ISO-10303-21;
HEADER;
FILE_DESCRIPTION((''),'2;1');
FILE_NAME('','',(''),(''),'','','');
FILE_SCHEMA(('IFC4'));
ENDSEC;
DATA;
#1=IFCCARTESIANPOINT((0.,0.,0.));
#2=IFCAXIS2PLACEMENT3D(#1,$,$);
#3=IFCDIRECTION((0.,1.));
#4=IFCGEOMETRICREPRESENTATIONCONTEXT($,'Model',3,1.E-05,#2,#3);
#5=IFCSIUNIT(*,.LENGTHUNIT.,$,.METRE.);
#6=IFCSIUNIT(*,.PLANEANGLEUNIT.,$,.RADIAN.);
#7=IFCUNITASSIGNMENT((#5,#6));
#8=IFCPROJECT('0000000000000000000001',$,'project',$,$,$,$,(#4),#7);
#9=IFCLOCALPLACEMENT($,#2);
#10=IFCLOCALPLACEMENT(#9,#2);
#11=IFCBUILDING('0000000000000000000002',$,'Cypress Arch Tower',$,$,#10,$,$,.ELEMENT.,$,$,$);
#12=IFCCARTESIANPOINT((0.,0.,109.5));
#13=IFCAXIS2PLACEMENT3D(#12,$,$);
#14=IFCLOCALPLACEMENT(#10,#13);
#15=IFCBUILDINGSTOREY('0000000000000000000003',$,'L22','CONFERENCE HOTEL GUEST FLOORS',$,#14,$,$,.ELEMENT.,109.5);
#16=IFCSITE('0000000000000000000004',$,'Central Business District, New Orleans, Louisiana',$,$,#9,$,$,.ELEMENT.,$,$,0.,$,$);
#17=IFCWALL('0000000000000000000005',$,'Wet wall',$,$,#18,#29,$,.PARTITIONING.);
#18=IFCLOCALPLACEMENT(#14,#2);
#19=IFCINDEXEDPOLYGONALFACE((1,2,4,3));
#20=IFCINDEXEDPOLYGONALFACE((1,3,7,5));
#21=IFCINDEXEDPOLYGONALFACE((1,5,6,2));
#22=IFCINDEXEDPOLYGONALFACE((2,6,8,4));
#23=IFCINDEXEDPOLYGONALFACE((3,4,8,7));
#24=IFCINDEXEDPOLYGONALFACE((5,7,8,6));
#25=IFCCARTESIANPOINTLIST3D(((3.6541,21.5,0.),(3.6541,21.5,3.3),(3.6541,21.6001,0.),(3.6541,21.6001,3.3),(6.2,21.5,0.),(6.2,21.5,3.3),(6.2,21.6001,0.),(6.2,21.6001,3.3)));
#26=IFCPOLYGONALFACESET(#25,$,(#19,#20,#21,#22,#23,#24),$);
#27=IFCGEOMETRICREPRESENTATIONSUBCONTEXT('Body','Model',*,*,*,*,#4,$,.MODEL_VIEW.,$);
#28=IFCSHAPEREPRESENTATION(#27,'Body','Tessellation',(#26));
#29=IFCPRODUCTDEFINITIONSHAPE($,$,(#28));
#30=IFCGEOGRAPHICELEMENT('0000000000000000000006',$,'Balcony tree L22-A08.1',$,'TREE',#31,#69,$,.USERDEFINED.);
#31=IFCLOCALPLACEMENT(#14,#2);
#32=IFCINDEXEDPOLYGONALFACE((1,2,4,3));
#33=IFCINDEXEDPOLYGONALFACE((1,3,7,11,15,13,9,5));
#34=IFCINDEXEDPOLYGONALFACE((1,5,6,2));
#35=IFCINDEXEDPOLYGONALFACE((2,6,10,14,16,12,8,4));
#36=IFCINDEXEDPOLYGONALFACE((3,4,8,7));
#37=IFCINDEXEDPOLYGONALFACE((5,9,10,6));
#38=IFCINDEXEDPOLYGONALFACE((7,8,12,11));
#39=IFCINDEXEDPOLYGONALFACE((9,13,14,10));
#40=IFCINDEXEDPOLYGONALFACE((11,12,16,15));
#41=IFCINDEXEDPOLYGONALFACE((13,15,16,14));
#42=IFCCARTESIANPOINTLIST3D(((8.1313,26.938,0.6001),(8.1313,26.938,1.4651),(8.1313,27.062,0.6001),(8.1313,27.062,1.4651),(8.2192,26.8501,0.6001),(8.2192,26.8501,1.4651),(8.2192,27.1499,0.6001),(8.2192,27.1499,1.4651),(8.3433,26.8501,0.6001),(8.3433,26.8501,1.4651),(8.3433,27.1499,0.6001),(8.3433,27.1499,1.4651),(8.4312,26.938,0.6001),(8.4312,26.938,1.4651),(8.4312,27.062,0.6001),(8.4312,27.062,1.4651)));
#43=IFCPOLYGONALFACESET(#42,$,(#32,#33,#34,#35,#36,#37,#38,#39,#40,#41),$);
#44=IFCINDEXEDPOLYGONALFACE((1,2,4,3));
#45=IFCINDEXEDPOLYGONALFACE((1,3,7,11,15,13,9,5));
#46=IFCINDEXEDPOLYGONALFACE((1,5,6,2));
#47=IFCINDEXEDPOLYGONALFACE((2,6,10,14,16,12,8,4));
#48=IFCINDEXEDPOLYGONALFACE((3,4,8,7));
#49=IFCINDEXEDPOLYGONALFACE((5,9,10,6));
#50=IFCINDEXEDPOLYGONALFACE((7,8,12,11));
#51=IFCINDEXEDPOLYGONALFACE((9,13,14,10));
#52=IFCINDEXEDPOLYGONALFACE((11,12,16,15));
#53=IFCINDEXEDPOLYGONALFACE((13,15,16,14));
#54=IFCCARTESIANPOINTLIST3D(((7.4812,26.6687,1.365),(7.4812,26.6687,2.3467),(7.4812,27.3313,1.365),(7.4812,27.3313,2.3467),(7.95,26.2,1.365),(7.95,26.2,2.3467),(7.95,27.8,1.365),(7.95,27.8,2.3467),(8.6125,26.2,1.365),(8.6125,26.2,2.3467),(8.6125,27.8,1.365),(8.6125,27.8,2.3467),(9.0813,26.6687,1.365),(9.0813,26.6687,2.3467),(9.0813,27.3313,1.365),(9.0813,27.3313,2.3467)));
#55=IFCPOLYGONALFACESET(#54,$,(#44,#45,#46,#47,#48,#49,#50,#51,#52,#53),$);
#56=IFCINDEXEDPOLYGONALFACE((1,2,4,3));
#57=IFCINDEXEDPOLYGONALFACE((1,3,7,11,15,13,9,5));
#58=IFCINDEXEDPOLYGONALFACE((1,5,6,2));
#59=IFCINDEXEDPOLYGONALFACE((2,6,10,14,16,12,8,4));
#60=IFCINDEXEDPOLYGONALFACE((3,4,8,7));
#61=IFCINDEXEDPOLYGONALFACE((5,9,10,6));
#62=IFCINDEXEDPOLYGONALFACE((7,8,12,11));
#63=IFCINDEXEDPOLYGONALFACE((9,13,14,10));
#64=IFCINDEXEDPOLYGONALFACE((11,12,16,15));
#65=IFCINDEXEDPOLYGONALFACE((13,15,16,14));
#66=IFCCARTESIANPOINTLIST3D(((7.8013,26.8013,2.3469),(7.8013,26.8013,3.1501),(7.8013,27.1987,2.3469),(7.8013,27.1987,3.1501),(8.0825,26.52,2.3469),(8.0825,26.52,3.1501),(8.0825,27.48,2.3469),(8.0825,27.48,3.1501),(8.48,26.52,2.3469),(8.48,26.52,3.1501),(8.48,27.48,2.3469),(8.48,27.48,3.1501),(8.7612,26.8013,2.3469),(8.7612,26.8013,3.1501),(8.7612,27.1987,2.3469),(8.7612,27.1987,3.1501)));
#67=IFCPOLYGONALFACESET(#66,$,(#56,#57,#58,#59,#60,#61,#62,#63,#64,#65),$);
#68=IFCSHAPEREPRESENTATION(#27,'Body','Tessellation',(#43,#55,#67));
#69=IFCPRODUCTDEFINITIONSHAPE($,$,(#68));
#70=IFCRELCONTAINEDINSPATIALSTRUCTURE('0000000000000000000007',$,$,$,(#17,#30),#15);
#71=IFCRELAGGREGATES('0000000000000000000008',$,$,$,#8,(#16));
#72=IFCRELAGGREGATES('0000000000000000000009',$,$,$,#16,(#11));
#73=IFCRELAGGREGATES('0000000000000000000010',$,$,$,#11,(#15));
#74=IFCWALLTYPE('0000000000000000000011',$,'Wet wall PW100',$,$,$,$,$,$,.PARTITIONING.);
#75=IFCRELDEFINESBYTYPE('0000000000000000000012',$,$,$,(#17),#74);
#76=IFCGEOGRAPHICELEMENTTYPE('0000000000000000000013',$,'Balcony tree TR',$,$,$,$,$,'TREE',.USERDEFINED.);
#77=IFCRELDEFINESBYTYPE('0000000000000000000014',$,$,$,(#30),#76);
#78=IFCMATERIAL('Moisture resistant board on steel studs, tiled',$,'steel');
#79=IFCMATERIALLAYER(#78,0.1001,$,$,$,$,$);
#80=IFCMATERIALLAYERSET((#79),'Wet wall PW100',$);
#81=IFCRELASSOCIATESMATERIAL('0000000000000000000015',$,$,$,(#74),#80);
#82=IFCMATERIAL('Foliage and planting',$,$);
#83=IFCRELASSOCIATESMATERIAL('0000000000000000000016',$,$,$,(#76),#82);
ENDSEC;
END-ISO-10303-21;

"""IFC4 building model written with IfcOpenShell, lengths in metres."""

from ifc_helpers import new_model, si_unit, direction, frame, frame_2d, origin, place, context, subcontext, project, spatial, polyline, rectangle, outline, extrude, material, layer, layer_set, type_object, element, save


model = new_model("IFC4")

# Units and contexts
model_context = context("Model", 3, precision=1e-05, world=origin(), true_north=direction((0.0, 1.0)))
body_context = subcontext(model_context, "Body", "Model", "MODEL_VIEW")
ifc_project = project(units=[si_unit("LENGTHUNIT", "METRE"), si_unit("PLANEANGLEUNIT", "RADIAN")], contexts=[model_context])

# Site, building, storey
site_placement = place(None, origin())
site = spatial("IfcSite", under=ifc_project, at=site_placement, Name="Central Business District, New Orleans, Louisiana", CompositionType="ELEMENT", RefElevation=0.0)
building_placement = place(site_placement, origin())
building = spatial("IfcBuilding", under=site, at=building_placement, Name="Cypress Arch Tower", CompositionType="ELEMENT")
storey_placement = place(building_placement, frame((0.0, 0.0, 109.5)))
storey = spatial("IfcBuildingStorey", under=building, at=storey_placement, Name="L22", Description="CONFERENCE HOTEL GUEST FLOORS", CompositionType="ELEMENT", Elevation=109.5)

# Shared definitions
ifc_material_1 = material(Name="Moisture resistant board on steel studs, tiled", Category="steel")
ifc_layer_1 = layer(ifc_material_1, 0.1001)
ifc_layer_set_1 = layer_set([ifc_layer_1], Name="Wet wall PW100")
wall_type_1 = type_object("IfcWallType", Name="Wet wall PW100", PredefinedType="PARTITIONING", material=ifc_layer_set_1)

# Wall
for number, where, z_axis, x_axis, name in (
    (1, (3.6541, 21.55, 0.0), (0.0, 0.0, 1.0), (1.0, 0.0, 0.0), "Wet wall"),
):
    element("IfcWall", number, at=place(storey_placement, frame(where, z_axis=z_axis, x_axis=x_axis)), inside=storey, type_object=wall_type_1, Name=name, PredefinedType="PARTITIONING", context=body_context, shape_type="SweptSolid", body=[
        extrude(rectangle(XDim=2.5459, YDim=0.1001, at=frame_2d((1.2729, 0.0))), origin(), (0.0, 0.0, 1.0), 3.3),
    ])

# Geographic element
ifc_material_2 = material(Name="Foliage and planting")
geographic_element_type = type_object("IfcGeographicElementType", Name="Balcony tree TR", ElementType="TREE", PredefinedType="USERDEFINED", material=ifc_material_2)
geographic_element_placement = place(storey_placement, frame((8.2812, 27.0, 0.6001), z_axis=(0.0, 0.0, 1.0), x_axis=(1.0, 0.0, 0.0)))
element("IfcGeographicElement", 2, at=geographic_element_placement, inside=storey, type_object=geographic_element_type, Name="Balcony tree L22-A08.1", ObjectType="TREE", PredefinedType="USERDEFINED", context=body_context, shape_type="SweptSolid", body=[
    extrude(outline(polyline([(0.1499, 0.062), (0.062, 0.1499), (-0.062, 0.1499), (-0.1499, 0.062), (-0.1499, -0.062), (-0.062, -0.1499), (0.062, -0.1499), (0.1499, -0.062), (0.1499, 0.062)])), origin(), (0.0, 0.0, 1.0), 0.865),
    extrude(outline(polyline([(0.8, 0.3313), (0.3313, 0.8), (-0.3313, 0.8), (-0.8, 0.3313), (-0.8, -0.3313), (-0.3313, -0.8), (0.3313, -0.8), (0.8, -0.3313), (0.8, 0.3313)])), frame((0.0, 0.0, 0.7649)), (0.0, 0.0, 1.0), 0.9817),
    extrude(outline(polyline([(0.48, 0.1987), (0.1987, 0.48), (-0.1987, 0.48), (-0.48, 0.1987), (-0.48, -0.1987), (-0.1987, -0.48), (0.1987, -0.48), (0.48, -0.1987), (0.48, 0.1987)])), frame((0.0, 0.0, 1.7468)), (0.0, 0.0, 1.0), 0.8032),
])

save(model, "model.ifc")
